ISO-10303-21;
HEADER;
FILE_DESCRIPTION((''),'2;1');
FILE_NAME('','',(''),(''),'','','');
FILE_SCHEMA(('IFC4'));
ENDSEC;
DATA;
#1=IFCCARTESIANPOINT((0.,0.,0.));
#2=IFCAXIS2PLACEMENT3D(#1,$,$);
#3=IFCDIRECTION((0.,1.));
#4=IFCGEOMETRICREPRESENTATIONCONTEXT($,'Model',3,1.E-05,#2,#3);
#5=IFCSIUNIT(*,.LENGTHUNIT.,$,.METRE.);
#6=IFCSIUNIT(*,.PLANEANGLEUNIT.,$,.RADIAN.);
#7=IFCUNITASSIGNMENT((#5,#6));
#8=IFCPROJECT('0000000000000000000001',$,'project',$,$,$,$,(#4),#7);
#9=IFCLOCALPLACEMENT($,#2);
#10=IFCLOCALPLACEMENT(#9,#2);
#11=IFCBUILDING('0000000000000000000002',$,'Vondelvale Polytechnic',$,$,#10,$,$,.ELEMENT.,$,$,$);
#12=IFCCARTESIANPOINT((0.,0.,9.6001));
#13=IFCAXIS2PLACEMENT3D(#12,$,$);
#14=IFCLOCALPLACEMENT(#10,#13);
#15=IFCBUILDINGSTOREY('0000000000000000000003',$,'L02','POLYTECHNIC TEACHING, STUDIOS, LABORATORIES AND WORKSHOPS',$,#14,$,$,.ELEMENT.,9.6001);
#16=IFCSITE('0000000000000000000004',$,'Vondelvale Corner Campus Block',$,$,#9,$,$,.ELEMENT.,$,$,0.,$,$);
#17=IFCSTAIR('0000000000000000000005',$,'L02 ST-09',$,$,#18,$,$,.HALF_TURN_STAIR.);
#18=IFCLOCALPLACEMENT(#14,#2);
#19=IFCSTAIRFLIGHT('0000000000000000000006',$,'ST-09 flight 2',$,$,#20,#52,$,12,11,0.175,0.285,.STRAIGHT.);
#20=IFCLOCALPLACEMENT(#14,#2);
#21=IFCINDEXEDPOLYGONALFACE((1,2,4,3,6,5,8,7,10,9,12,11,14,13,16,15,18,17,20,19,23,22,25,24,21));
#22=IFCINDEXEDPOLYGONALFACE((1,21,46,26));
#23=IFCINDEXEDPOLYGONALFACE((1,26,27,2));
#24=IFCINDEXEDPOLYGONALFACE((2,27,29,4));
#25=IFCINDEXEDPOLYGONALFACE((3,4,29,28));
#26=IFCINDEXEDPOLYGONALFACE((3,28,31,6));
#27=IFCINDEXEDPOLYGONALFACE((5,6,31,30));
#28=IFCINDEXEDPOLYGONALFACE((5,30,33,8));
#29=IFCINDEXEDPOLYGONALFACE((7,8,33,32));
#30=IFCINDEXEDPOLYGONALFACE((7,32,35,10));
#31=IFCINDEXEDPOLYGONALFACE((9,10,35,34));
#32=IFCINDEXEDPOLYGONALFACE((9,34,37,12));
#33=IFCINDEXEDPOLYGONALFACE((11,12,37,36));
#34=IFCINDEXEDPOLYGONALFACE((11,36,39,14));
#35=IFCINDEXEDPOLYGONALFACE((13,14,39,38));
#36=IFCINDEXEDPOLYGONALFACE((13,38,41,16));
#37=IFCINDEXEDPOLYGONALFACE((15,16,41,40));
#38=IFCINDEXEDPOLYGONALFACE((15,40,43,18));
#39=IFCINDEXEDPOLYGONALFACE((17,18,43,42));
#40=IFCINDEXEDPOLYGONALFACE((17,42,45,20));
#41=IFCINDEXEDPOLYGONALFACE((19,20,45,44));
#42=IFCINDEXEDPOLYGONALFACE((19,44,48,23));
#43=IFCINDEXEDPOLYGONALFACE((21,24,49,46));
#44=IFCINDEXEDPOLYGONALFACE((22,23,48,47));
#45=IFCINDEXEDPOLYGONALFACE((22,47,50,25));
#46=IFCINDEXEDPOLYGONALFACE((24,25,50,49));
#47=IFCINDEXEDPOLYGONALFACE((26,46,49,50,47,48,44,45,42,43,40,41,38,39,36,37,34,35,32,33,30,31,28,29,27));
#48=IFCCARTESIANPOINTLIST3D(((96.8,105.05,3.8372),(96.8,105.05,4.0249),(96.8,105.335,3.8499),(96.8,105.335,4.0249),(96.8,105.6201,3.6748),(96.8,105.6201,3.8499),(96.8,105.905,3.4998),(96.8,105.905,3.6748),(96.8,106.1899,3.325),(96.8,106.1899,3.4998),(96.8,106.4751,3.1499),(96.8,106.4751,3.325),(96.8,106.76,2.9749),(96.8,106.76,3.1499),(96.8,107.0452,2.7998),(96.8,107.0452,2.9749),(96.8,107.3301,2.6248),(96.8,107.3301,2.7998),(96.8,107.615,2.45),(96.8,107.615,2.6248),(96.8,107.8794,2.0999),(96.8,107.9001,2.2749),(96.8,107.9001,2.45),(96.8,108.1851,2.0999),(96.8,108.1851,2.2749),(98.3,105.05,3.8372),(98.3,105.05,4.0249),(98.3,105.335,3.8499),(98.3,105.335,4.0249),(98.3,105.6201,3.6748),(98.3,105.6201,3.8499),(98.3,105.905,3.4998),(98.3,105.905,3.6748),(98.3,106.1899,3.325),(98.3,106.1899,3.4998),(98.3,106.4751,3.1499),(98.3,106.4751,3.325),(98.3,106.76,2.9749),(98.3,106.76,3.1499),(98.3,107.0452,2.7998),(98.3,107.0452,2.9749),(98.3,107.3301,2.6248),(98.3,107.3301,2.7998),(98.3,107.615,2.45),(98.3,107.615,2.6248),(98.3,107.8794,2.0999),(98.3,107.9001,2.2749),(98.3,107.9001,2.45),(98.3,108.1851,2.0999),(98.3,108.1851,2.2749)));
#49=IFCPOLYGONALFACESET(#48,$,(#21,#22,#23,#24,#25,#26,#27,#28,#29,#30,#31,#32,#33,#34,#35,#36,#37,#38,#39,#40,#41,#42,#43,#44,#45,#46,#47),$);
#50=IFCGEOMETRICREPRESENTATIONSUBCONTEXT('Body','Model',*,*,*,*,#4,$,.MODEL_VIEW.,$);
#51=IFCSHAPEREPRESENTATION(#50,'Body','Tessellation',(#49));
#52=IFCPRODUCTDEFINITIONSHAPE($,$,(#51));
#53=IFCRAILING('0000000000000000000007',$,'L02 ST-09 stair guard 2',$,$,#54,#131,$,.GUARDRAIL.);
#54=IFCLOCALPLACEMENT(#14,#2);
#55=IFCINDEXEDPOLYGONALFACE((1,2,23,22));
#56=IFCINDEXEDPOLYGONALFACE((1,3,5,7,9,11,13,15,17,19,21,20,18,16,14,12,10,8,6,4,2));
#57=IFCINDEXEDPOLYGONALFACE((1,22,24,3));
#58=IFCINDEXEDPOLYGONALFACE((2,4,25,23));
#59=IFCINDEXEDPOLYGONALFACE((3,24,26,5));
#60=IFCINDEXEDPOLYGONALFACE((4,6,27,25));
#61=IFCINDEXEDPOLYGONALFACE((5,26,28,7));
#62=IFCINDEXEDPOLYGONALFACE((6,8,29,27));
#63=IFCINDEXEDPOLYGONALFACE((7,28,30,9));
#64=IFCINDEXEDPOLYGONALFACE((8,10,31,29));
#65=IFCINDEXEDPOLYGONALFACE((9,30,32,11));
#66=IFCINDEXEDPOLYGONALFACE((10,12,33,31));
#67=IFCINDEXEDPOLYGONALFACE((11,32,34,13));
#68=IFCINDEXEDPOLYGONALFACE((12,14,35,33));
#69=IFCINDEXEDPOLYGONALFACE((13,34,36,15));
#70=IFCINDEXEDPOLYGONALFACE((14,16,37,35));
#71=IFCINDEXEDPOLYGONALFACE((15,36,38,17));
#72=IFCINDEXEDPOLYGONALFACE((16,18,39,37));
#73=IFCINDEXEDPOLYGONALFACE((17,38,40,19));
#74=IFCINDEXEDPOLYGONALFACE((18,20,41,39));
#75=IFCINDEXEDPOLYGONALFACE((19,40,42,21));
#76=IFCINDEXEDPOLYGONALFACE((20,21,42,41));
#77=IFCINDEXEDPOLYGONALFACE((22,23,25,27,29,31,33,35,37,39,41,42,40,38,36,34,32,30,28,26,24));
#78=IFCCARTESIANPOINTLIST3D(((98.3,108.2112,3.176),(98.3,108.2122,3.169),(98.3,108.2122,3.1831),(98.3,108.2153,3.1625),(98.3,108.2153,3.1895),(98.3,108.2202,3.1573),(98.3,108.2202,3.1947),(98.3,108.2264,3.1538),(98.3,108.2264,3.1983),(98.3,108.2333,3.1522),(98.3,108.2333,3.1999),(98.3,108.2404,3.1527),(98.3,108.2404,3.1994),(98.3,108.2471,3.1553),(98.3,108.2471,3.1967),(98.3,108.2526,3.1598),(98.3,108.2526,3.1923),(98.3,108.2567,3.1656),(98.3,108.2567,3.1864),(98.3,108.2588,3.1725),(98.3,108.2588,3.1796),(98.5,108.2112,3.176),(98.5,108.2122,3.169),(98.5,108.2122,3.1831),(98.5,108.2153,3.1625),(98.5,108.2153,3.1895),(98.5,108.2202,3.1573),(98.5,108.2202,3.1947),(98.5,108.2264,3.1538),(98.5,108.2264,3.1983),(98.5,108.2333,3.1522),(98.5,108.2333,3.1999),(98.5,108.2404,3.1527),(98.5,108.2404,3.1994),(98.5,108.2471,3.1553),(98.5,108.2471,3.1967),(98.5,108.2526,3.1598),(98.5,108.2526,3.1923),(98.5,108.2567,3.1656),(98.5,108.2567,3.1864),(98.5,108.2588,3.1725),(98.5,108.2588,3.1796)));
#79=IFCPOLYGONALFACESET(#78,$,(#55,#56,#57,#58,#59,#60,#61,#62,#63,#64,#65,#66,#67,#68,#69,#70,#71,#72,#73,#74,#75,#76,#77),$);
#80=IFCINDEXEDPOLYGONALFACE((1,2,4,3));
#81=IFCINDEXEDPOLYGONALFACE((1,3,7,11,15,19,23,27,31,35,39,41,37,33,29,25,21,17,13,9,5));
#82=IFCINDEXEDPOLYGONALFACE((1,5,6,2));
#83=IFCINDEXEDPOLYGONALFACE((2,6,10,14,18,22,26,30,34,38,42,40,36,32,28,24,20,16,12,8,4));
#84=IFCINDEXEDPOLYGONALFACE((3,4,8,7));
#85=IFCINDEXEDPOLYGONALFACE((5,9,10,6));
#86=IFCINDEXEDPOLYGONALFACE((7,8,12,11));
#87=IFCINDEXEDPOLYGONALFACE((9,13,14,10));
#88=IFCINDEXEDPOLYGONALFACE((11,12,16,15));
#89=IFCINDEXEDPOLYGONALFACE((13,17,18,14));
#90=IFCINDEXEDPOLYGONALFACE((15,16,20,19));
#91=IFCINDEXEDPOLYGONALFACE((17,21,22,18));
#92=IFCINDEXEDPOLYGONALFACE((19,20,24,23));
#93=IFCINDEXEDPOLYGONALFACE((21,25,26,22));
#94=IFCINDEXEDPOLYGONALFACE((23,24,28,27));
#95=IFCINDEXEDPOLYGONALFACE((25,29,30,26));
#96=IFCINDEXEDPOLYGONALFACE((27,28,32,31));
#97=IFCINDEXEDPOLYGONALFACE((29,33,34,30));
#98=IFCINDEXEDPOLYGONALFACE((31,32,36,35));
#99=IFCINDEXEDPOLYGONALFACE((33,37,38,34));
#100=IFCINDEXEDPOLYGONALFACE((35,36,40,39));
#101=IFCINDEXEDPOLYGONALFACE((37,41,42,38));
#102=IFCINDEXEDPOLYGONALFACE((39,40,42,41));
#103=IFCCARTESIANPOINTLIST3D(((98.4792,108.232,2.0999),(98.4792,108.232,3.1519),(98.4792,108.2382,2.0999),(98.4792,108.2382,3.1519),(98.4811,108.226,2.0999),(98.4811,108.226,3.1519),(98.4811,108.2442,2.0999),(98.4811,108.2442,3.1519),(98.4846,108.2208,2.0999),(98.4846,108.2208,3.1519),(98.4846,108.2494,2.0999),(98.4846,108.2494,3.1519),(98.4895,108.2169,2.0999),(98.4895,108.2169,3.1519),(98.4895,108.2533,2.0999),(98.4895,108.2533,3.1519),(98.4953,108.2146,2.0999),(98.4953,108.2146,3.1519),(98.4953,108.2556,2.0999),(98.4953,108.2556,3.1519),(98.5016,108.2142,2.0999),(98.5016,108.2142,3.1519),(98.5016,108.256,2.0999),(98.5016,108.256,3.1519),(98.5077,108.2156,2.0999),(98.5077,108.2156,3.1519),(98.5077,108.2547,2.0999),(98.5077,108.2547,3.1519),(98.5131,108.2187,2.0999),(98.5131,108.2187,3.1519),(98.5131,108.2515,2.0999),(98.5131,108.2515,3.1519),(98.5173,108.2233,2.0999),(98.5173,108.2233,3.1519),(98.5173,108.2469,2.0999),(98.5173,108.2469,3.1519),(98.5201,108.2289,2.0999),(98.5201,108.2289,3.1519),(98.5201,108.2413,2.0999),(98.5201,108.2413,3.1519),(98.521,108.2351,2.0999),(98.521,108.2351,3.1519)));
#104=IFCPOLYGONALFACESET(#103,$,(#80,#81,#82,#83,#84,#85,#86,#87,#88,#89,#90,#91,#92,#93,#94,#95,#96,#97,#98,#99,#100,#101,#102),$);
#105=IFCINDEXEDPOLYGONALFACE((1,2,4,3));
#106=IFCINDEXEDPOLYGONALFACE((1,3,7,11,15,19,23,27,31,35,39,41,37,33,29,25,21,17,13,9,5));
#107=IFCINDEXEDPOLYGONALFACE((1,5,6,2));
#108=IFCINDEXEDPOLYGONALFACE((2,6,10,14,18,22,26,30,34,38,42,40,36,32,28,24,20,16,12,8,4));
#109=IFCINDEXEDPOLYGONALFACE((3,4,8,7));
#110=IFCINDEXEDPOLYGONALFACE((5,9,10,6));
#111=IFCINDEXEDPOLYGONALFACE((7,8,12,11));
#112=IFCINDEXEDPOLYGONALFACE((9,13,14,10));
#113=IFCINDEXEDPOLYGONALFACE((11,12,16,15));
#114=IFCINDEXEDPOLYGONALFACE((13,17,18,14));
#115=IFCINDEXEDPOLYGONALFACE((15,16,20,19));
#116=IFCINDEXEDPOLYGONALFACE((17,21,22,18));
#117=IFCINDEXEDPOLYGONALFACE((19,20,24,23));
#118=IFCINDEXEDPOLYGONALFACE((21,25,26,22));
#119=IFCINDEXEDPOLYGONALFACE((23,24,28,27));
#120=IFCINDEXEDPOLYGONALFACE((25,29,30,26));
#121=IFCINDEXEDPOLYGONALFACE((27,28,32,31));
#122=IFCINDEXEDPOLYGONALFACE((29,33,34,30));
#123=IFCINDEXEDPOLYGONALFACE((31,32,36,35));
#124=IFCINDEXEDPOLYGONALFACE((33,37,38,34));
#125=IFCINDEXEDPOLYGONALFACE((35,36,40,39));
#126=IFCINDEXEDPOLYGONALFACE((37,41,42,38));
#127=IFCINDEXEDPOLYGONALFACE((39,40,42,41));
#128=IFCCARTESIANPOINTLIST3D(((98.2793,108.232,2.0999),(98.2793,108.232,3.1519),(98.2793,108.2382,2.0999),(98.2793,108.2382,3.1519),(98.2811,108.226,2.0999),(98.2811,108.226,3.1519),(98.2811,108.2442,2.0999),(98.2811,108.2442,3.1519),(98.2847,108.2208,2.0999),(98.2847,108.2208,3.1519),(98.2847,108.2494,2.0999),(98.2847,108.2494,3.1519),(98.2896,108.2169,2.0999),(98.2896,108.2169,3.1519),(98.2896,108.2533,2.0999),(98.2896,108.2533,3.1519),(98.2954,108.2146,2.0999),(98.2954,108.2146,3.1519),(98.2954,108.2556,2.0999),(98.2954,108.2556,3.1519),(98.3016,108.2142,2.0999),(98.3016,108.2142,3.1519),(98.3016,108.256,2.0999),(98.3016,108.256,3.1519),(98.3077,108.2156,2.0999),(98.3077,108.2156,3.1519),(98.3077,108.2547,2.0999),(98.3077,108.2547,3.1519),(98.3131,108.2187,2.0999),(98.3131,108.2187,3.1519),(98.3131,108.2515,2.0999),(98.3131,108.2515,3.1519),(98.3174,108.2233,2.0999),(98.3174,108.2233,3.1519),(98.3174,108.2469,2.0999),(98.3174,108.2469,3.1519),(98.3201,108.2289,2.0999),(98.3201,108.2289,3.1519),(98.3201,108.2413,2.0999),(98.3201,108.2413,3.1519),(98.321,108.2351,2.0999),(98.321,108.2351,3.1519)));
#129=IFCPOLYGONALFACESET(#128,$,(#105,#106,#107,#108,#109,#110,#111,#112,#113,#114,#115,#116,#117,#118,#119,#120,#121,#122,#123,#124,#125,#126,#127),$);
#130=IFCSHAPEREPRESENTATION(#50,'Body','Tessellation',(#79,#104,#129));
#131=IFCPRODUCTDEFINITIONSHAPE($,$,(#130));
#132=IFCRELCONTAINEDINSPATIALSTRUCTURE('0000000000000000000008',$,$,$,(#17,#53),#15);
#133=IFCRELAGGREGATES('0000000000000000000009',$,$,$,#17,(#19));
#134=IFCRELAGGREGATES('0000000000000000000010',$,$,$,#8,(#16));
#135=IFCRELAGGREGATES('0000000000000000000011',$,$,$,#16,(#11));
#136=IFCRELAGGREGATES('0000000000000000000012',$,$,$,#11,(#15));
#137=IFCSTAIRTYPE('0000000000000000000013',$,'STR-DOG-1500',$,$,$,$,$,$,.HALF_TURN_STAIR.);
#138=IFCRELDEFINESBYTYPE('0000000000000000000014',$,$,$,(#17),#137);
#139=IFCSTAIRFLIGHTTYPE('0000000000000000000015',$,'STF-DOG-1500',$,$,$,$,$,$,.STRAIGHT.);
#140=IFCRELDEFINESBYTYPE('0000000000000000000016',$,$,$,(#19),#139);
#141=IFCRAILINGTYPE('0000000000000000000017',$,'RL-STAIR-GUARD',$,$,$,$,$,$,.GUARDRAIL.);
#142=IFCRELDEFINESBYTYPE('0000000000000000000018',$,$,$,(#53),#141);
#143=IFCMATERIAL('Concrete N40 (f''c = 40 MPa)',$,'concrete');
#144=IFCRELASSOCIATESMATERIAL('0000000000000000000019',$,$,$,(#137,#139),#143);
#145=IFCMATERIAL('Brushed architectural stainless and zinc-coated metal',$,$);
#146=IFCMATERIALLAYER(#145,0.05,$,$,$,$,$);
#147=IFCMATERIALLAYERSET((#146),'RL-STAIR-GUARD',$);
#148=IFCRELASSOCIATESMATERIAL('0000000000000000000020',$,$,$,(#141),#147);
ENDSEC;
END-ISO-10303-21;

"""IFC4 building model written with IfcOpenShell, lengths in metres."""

from ifc_helpers import new_model, si_unit, direction, frame, origin, origin_2d, place, context, subcontext, project, spatial, polyline, circle, outline, extrude, material, layer, layer_set, type_object, element, aggregate, save


model = new_model("IFC4")

# Units and contexts
model_context = context("Model", 3, precision=1e-05, world=origin(), true_north=direction((0.0, 1.0)))
body_context = subcontext(model_context, "Body", "Model", "MODEL_VIEW")
ifc_project = project(units=[si_unit("LENGTHUNIT", "METRE"), si_unit("PLANEANGLEUNIT", "RADIAN")], contexts=[model_context])

# Site, building, storey
site_placement = place(None, origin())
site = spatial("IfcSite", under=ifc_project, at=site_placement, Name="Vondelvale Corner Campus Block", CompositionType="ELEMENT", RefElevation=0.0)
building_placement = place(site_placement, origin())
building = spatial("IfcBuilding", under=site, at=building_placement, Name="Vondelvale Polytechnic", CompositionType="ELEMENT")
storey_placement = place(building_placement, frame((0.0, 0.0, 9.6001)))
storey = spatial("IfcBuildingStorey", under=building, at=storey_placement, Name="L02", Description="POLYTECHNIC TEACHING, STUDIOS, LABORATORIES AND WORKSHOPS", CompositionType="ELEMENT", Elevation=9.6001)

# Shared definitions
ifc_material_1 = material(Name="Concrete N40 (f'c = 40 MPa)", Category="concrete")

# Stair, stair flight
stair_type = type_object("IfcStairType", Name="STR-DOG-1500", PredefinedType="HALF_TURN_STAIR", material=ifc_material_1)
stair_placement = place(storey_placement, origin())
stair = element("IfcStair", 1, at=stair_placement, inside=storey, type_object=stair_type, Name="L02 ST-09", PredefinedType="HALF_TURN_STAIR")
stair_flight_type = type_object("IfcStairFlightType", Name="STF-DOG-1500", PredefinedType="STRAIGHT", material=ifc_material_1)
stair_flight_placement = place(storey_placement, frame((97.55, 108.1851, 2.0999), z_axis=(0.0, 0.0, 1.0), x_axis=(0.0, -1.0, 0.0)))
stair_flight = element("IfcStairFlight", 2, at=stair_flight_placement, type_object=stair_flight_type, Name="ST-09 flight 2", NumberOfRisers=12, NumberOfTreads=11, PredefinedType="STRAIGHT", RiserHeight=0.175, TreadLength=0.285, context=body_context, shape_type="SweptSolid", body=[
    extrude(outline(polyline([(0.0, 0.0), (0.0, 0.175), (0.2849, 0.175), (0.2849, 0.3501), (0.5701, 0.3501), (0.5701, 0.5249), (0.855, 0.5249), (0.855, 0.7), (1.1399, 0.7), (1.1399, 0.875), (1.425, 0.875), (1.425, 1.05), (1.71, 1.05), (1.71, 1.2251), (1.9951, 1.2251), (1.9951, 1.3999), (2.28, 1.3999), (2.28, 1.575), (2.5649, 1.575), (2.5649, 1.75), (2.8501, 1.75), (2.8501, 1.925), (3.135, 1.925), (3.135, 2.1001), (3.135, 1.7373), (0.3057, 0.0), (0.0, 0.0)])), frame((0.0, 0.75, 0.0), z_axis=(0.0, -1.0, 0.0), x_axis=(1.0, 0.0, 0.0)), (0.0, 0.0, 1.0), 1.5),
])
aggregate(stair, [stair_flight])

# Railing
ifc_material_2 = material(Name="Brushed architectural stainless and zinc-coated metal")
ifc_layer_1 = layer(ifc_material_2, 0.05)
ifc_layer_set_1 = layer_set([ifc_layer_1], Name="RL-STAIR-GUARD")
railing_type_1 = type_object("IfcRailingType", Name="RL-STAIR-GUARD", PredefinedType="GUARDRAIL", material=ifc_layer_set_1)
railing_1_placement = place(storey_placement, frame((98.5, 108.2351, 2.0999)))
element("IfcRailing", 3, at=railing_1_placement, inside=storey, type_object=railing_type_1, Name="L02 ST-09 stair guard 2", PredefinedType="GUARDRAIL", context=body_context, shape_type="SweptSolid", body=[
    extrude(circle(Radius=0.0239, at=origin_2d()), frame((0.0, 0.0, 1.0762), z_axis=(-1.0, 0.0, 0.0), x_axis=(0.0, -1.0, 0.0)), (0.0, 0.0, 1.0), 0.2),
    extrude(circle(Radius=0.021, at=origin_2d()), origin(), (0.0, 0.0, 1.0), 1.052),
    extrude(circle(Radius=0.021, at=origin_2d()), frame((-0.2, 0.0, 0.0)), (0.0, 0.0, 1.0), 1.052),
])

save(model, "model.ifc")
